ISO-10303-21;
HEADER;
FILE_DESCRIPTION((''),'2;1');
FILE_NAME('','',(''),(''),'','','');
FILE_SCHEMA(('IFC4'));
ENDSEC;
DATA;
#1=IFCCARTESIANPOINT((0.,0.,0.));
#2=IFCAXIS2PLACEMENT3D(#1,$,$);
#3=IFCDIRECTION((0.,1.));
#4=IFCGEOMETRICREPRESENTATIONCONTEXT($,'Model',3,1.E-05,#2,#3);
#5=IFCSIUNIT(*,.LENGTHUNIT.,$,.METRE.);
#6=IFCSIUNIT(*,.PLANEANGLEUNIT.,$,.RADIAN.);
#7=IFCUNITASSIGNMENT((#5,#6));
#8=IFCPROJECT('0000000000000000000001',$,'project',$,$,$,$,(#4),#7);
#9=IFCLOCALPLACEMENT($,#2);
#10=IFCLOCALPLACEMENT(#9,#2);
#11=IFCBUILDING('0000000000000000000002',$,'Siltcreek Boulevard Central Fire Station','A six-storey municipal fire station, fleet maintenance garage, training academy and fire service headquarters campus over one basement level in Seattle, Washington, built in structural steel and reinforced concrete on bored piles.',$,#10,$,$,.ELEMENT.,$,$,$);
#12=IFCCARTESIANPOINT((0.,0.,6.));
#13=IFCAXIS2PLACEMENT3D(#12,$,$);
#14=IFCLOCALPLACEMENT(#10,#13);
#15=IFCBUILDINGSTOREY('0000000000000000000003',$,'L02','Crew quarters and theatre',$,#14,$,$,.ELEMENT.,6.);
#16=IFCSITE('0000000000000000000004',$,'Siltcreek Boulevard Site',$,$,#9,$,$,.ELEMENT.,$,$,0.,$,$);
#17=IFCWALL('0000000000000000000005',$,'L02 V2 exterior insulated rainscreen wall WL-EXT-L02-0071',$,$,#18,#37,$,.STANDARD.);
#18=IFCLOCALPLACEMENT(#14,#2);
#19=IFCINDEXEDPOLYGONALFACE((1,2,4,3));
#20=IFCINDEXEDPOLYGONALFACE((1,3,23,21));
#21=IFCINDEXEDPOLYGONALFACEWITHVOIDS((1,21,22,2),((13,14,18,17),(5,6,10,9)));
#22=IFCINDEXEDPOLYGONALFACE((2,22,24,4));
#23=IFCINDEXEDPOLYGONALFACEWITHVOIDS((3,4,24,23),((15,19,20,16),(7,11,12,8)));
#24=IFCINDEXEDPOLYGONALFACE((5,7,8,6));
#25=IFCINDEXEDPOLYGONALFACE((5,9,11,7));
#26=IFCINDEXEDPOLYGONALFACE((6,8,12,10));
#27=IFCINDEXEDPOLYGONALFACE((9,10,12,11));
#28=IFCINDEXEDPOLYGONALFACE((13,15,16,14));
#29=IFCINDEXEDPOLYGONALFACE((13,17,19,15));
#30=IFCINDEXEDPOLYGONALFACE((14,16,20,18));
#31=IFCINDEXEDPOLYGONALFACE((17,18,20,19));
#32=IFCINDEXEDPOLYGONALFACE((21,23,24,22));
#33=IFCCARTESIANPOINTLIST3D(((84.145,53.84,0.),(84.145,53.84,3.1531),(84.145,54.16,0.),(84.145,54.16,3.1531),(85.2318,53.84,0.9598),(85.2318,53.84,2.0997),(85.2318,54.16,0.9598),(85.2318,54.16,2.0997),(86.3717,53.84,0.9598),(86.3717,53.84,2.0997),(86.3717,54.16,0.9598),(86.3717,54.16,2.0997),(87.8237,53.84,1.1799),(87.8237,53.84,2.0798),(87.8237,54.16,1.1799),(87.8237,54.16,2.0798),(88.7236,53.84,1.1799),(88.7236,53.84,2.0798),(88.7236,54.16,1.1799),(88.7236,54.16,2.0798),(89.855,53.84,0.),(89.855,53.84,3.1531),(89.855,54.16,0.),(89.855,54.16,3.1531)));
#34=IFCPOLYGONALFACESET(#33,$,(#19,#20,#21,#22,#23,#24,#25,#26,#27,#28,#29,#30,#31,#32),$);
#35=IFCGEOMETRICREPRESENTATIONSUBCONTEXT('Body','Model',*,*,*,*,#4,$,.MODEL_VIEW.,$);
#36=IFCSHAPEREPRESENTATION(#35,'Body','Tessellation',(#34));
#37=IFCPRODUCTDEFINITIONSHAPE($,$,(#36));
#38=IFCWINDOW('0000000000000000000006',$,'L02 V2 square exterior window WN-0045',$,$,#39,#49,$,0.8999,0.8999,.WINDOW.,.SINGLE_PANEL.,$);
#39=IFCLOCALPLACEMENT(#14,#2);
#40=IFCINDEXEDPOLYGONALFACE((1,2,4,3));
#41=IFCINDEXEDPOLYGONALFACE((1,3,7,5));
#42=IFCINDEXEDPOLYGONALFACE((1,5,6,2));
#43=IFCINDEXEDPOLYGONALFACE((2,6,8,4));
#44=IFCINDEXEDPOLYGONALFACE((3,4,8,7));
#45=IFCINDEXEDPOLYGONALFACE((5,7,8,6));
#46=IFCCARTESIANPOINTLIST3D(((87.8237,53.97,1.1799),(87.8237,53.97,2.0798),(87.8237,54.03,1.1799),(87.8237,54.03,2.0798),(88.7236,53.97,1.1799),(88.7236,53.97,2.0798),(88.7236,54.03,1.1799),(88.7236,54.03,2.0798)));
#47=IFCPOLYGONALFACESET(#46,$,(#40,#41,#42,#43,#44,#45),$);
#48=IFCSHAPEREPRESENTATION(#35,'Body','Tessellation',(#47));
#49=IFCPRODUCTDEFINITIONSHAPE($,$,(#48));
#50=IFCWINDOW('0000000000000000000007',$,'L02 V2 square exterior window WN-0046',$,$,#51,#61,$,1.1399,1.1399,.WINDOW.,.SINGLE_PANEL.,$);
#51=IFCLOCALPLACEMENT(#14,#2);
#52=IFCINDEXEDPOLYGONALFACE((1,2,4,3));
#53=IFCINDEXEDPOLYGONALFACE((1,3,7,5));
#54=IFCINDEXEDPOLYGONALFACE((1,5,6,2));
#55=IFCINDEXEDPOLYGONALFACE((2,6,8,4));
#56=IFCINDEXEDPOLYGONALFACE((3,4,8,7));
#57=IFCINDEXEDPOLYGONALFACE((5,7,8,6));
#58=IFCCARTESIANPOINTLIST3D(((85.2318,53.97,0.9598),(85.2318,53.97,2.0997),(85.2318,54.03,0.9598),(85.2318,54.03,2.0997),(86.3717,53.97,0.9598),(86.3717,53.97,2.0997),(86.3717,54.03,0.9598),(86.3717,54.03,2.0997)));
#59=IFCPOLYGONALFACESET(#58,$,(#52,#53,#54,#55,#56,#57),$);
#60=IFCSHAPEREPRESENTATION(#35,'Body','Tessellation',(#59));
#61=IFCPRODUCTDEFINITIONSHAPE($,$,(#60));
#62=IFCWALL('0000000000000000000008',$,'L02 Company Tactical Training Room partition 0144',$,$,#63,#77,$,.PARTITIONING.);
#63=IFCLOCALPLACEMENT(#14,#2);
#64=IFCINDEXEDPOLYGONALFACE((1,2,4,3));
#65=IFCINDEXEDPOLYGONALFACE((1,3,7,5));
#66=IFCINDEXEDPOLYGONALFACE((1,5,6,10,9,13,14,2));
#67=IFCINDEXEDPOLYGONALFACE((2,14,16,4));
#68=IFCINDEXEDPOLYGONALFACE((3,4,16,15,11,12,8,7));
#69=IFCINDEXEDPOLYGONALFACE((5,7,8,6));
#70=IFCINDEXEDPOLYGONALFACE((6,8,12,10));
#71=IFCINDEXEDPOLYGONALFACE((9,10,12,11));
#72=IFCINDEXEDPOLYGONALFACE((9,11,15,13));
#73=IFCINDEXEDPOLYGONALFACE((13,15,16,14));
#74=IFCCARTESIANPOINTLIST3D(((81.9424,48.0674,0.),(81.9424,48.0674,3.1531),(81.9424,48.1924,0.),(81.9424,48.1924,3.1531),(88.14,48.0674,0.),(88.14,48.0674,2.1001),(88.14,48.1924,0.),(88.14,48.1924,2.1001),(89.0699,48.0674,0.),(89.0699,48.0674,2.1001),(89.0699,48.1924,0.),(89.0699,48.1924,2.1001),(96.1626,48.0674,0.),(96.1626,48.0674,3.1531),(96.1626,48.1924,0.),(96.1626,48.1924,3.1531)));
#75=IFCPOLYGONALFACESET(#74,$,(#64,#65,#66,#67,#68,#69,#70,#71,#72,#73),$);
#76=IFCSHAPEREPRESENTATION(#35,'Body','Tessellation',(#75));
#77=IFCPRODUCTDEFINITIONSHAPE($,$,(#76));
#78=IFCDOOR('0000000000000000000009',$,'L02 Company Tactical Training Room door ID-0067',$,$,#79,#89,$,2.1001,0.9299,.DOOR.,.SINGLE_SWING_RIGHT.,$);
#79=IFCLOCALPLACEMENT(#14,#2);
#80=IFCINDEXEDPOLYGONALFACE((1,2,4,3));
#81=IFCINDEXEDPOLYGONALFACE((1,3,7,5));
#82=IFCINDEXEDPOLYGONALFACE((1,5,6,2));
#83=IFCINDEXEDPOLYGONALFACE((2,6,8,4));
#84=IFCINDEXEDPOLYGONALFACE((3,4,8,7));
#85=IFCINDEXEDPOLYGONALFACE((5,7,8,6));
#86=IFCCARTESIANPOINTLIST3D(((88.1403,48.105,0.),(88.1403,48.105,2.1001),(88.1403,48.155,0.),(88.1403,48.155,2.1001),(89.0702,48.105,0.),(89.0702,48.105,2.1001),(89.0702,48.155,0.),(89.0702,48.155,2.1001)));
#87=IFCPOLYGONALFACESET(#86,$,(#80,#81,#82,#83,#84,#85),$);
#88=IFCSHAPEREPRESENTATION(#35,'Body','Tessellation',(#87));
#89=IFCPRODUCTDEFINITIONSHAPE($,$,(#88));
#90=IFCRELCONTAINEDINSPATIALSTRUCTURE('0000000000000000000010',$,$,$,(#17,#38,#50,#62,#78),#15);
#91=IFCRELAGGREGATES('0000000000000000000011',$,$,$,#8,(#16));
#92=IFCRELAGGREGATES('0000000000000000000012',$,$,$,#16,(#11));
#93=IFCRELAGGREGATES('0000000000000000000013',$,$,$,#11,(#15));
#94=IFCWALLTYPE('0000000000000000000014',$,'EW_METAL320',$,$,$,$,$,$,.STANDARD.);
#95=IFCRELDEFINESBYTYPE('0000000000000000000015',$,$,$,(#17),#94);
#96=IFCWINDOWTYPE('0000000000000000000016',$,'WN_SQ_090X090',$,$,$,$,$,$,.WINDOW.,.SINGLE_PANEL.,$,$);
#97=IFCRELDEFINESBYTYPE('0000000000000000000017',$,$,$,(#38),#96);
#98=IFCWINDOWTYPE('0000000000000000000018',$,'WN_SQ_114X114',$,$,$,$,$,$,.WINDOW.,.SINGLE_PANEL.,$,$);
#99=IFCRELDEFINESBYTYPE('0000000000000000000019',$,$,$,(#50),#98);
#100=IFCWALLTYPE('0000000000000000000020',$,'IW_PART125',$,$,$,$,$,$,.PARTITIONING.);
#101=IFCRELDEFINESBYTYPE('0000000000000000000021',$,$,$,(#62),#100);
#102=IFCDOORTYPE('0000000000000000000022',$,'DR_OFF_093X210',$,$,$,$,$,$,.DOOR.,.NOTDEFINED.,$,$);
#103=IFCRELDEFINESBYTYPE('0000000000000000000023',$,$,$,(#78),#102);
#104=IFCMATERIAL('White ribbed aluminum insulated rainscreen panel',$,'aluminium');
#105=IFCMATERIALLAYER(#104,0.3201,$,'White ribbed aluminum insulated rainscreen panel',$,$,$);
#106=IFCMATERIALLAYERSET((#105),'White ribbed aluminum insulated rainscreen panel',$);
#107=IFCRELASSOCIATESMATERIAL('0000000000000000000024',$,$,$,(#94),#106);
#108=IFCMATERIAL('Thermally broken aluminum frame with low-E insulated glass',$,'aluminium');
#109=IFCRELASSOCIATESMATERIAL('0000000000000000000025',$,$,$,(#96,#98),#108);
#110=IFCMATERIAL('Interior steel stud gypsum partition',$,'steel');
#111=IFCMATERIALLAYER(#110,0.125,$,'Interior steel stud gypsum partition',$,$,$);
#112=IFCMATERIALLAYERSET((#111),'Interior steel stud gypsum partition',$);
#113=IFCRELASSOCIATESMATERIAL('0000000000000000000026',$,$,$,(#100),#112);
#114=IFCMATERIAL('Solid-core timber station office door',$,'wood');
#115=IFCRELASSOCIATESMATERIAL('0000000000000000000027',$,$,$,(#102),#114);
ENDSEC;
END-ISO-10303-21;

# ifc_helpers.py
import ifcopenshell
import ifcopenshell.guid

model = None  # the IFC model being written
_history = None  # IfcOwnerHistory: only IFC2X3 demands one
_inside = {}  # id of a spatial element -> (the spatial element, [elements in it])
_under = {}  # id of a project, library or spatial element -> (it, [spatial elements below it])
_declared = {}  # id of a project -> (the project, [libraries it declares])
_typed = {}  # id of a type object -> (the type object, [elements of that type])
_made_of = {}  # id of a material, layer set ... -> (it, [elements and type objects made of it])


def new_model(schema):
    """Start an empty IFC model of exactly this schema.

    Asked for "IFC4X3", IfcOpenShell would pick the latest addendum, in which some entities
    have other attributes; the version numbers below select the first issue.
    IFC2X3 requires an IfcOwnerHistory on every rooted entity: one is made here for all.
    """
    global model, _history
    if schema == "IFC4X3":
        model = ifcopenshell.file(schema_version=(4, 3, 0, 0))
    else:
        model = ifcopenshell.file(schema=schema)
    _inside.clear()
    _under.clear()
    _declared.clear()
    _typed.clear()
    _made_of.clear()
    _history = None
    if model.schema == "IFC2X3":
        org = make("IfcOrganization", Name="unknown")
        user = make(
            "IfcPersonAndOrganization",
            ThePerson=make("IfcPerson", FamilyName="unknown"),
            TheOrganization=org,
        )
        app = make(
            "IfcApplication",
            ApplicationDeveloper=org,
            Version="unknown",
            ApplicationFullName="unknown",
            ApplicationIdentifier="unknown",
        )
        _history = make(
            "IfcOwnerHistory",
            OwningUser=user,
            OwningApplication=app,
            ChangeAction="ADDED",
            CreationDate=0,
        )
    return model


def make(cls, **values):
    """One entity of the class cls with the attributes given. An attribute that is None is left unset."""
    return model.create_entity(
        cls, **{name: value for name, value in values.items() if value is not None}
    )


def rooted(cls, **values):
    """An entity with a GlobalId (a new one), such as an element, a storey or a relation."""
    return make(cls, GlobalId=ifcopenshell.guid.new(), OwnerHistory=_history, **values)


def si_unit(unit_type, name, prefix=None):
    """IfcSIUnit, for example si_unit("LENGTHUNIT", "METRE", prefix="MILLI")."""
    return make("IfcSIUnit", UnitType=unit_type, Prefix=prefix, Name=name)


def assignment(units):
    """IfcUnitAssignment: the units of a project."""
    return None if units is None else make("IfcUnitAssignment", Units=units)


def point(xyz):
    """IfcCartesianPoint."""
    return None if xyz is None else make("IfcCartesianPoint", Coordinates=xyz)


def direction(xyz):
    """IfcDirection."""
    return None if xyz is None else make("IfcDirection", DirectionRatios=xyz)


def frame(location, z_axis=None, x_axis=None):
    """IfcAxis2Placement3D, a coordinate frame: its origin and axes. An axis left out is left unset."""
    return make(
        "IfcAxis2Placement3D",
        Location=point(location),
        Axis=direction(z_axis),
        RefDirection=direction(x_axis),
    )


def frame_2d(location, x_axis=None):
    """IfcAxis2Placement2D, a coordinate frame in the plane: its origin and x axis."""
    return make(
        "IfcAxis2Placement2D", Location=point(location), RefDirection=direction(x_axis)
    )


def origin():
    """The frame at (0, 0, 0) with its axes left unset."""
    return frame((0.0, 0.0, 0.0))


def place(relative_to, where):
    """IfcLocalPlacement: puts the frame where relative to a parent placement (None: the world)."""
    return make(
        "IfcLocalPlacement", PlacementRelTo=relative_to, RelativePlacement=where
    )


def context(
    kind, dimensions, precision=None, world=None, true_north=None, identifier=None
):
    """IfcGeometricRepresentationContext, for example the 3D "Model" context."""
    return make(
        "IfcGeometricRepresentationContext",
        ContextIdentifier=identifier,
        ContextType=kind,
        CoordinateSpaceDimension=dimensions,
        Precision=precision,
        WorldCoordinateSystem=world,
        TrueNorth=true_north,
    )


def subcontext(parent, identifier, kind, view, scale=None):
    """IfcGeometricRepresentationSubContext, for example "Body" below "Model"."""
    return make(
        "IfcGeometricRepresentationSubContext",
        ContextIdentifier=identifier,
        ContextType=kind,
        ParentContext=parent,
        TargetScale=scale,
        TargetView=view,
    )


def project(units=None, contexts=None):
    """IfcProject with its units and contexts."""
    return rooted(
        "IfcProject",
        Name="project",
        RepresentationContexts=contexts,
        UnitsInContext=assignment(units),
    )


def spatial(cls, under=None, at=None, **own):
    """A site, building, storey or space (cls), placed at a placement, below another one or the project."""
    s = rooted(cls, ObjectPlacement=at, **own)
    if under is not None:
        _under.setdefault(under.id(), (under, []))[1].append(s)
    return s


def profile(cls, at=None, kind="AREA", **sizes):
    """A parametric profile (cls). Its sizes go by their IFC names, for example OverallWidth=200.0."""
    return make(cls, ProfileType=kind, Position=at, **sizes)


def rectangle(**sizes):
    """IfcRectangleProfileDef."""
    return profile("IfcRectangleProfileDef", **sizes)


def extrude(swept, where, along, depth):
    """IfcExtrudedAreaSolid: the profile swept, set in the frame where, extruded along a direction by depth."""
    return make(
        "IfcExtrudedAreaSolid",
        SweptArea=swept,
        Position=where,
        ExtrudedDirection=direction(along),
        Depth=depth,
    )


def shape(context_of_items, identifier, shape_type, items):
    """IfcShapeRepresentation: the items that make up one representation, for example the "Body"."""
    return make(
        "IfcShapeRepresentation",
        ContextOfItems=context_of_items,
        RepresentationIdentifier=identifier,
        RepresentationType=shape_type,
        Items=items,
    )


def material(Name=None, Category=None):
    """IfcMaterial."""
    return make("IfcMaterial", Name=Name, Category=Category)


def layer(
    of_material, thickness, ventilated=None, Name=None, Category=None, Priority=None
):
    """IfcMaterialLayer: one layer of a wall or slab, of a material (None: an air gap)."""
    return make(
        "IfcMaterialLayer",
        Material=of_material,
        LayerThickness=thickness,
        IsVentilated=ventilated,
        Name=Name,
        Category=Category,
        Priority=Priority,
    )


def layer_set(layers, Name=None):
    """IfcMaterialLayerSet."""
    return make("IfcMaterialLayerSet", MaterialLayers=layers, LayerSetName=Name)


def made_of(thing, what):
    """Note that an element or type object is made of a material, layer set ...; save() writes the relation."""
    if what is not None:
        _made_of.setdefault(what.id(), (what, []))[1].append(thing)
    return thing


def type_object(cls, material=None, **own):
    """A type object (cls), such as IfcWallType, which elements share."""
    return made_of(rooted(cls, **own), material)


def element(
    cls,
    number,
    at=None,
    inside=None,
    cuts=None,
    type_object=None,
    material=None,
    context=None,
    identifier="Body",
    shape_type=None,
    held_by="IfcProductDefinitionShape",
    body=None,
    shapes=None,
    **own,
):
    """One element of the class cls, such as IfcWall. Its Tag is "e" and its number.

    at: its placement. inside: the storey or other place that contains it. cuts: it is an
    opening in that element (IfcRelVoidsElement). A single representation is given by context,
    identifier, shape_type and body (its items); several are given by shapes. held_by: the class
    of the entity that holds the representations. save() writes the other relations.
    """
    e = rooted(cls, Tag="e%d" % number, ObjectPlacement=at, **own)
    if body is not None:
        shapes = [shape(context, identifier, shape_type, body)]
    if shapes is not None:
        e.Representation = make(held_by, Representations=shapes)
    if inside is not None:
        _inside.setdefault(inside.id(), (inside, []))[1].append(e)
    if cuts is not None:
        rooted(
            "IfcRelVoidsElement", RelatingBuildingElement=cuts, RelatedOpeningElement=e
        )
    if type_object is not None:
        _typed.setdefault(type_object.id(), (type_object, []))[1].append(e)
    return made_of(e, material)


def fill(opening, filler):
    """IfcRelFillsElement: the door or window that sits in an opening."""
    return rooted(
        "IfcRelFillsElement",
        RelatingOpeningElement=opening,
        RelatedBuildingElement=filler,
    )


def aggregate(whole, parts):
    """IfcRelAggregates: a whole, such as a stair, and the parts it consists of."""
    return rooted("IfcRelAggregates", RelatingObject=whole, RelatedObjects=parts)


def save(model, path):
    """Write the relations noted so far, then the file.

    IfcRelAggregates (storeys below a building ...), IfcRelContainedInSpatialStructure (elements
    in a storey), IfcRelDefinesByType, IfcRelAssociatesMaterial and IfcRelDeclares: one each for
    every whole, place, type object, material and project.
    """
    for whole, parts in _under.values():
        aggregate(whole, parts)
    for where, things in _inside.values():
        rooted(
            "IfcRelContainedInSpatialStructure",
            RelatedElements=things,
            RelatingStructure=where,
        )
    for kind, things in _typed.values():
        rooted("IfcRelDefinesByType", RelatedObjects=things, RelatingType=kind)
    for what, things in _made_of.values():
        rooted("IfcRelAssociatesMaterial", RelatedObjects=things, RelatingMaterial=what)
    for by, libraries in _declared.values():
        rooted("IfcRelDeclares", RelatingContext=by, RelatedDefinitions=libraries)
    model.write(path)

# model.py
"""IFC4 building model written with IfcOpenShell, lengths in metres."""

from ifc_helpers import new_model, si_unit, direction, frame, frame_2d, origin, place, context, subcontext, project, spatial, rectangle, extrude, material, layer, layer_set, type_object, element, fill, save


model = new_model("IFC4")

# Units and contexts
model_context = context("Model", 3, precision=1e-05, world=origin(), true_north=direction((0.0, 1.0)))
body_context = subcontext(model_context, "Body", "Model", "MODEL_VIEW")
ifc_project = project(units=[si_unit("LENGTHUNIT", "METRE"), si_unit("PLANEANGLEUNIT", "RADIAN")], contexts=[model_context])

# Site, building, storey
site_placement = place(None, origin())
site = spatial("IfcSite", under=ifc_project, at=site_placement, Name="Siltcreek Boulevard Site", CompositionType="ELEMENT", RefElevation=0.0)
building_placement = place(site_placement, origin())
building = spatial("IfcBuilding", under=site, at=building_placement, Name="Siltcreek Boulevard Central Fire Station", Description="A six-storey municipal fire station, fleet maintenance garage, training academy and fire service headquarters campus over one basement level in Seattle, Washington, built in structural steel and reinforced concrete on bored piles.", CompositionType="ELEMENT")
storey_placement = place(building_placement, frame((0.0, 0.0, 6.0)))
storey = spatial("IfcBuildingStorey", under=building, at=storey_placement, Name="L02", Description="Crew quarters and theatre", CompositionType="ELEMENT", Elevation=6.0)

# Wall, openings, windows
ifc_material_1 = material(Name="White ribbed aluminum insulated rainscreen panel", Category="aluminium")
ifc_layer_1 = layer(ifc_material_1, 0.3201, Name="White ribbed aluminum insulated rainscreen panel")
ifc_layer_set_1 = layer_set([ifc_layer_1], Name="White ribbed aluminum insulated rainscreen panel")
wall_type_1 = type_object("IfcWallType", Name="EW_METAL320", PredefinedType="STANDARD", material=ifc_layer_set_1)
ifc_material_2 = material(Name="Thermally broken aluminum frame with low-E insulated glass", Category="aluminium")
wall_1_placement = place(storey_placement, frame((89.855, 54.0, 0.0), z_axis=(0.0, 0.0, 1.0), x_axis=(-1.0, 0.0, 0.0)))
wall_1 = element("IfcWall", 1, at=wall_1_placement, inside=storey, type_object=wall_type_1, Name="L02 V2 exterior insulated rainscreen wall WL-EXT-L02-0071", PredefinedType="STANDARD", context=body_context, shape_type="SweptSolid", body=[
    extrude(rectangle(XDim=5.71, YDim=0.3201, at=frame_2d((2.855, 0.0))), origin(), (0.0, 0.0, 1.0), 3.1531),
])
opening_1_placement = place(wall_1_placement, frame((1.1313, 0.0, 1.1799)))
opening_1 = element("IfcOpeningElement", 2, at=opening_1_placement, cuts=wall_1, PredefinedType="OPENING", context=body_context, shape_type="SweptSolid", body=[
    extrude(rectangle(XDim=0.8999, YDim=0.8999, at=frame_2d((0.45, 0.45))), frame((0.0, 0.1699, 0.0), z_axis=(0.0, -1.0, 0.0), x_axis=(1.0, 0.0, 0.0)), (0.0, 0.0, 1.0), 0.3401),
])
opening_2_placement = place(wall_1_placement, frame((3.4834, 0.0, 0.96)))
opening_2 = element("IfcOpeningElement", 3, at=opening_2_placement, cuts=wall_1, PredefinedType="OPENING", context=body_context, shape_type="SweptSolid", body=[
    extrude(rectangle(XDim=1.1399, YDim=1.1399, at=frame_2d((0.5698, 0.5698))), frame((0.0, 0.1699, 0.0), z_axis=(0.0, -1.0, 0.0), x_axis=(1.0, 0.0, 0.0)), (0.0, 0.0, 1.0), 0.3401),
])
window_type_1 = type_object("IfcWindowType", Name="WN_SQ_090X090", PartitioningType="SINGLE_PANEL", PredefinedType="WINDOW", material=ifc_material_2)
window_1_placement = place(opening_1_placement, origin())
window_1 = element("IfcWindow", 4, at=window_1_placement, inside=storey, type_object=window_type_1, Name="L02 V2 square exterior window WN-0045", OverallHeight=0.8999, OverallWidth=0.8999, PartitioningType="SINGLE_PANEL", PredefinedType="WINDOW", context=body_context, shape_type="SweptSolid", body=[
    extrude(rectangle(XDim=0.8999, YDim=0.8999, at=frame_2d((0.45, 0.45))), frame((0.0, 0.03, 0.0), z_axis=(0.0, -1.0, 0.0), x_axis=(1.0, 0.0, 0.0)), (0.0, 0.0, 1.0), 0.0601),
])
fill(opening_1, window_1)
window_type_2 = type_object("IfcWindowType", Name="WN_SQ_114X114", PartitioningType="SINGLE_PANEL", PredefinedType="WINDOW", material=ifc_material_2)
window_2_placement = place(opening_2_placement, origin())
window_2 = element("IfcWindow", 5, at=window_2_placement, inside=storey, type_object=window_type_2, Name="L02 V2 square exterior window WN-0046", OverallHeight=1.1399, OverallWidth=1.1399, PartitioningType="SINGLE_PANEL", PredefinedType="WINDOW", context=body_context, shape_type="SweptSolid", body=[
    extrude(rectangle(XDim=1.1399, YDim=1.1399, at=frame_2d((0.5698, 0.5698))), frame((0.0, 0.03, 0.0), z_axis=(0.0, -1.0, 0.0), x_axis=(1.0, 0.0, 0.0)), (0.0, 0.0, 1.0), 0.0601),
])
fill(opening_2, window_2)

# Wall, opening, door
ifc_material_3 = material(Name="Interior steel stud gypsum partition", Category="steel")
ifc_layer_2 = layer(ifc_material_3, 0.125, Name="Interior steel stud gypsum partition")
ifc_layer_set_2 = layer_set([ifc_layer_2], Name="Interior steel stud gypsum partition")
wall_type_2 = type_object("IfcWallType", Name="IW_PART125", PredefinedType="PARTITIONING", material=ifc_layer_set_2)
wall_2_placement = place(storey_placement, frame((81.9424, 48.1299, 0.0), z_axis=(0.0, 0.0, 1.0), x_axis=(1.0, 0.0, 0.0)))
wall_2 = element("IfcWall", 6, at=wall_2_placement, inside=storey, type_object=wall_type_2, Name="L02 Company Tactical Training Room partition 0144", PredefinedType="PARTITIONING", context=body_context, shape_type="SweptSolid", body=[
    extrude(rectangle(XDim=14.2202, YDim=0.125, at=frame_2d((7.1101, 0.0))), origin(), (0.0, 0.0, 1.0), 3.1531),
])
opening_3_placement = place(wall_2_placement, frame((6.1978, 0.0, 0.0)))
opening_3 = element("IfcOpeningElement", 7, at=opening_3_placement, cuts=wall_2, PredefinedType="OPENING", context=body_context, shape_type="SweptSolid", body=[
    extrude(rectangle(XDim=0.9299, YDim=2.1001, at=frame_2d((0.4648, 1.05))), frame((0.0, 0.0725, 0.0), z_axis=(0.0, -1.0, 0.0), x_axis=(1.0, 0.0, 0.0)), (0.0, 0.0, 1.0), 0.145),
])
ifc_material_4 = material(Name="Solid-core timber station office door", Category="wood")
door_type = type_object("IfcDoorType", Name="DR_OFF_093X210", OperationType="NOTDEFINED", PredefinedType="DOOR", material=ifc_material_4)
door_placement = place(opening_3_placement, frame((0.9299, 0.0, 0.0), z_axis=(0.0, 0.0, 1.0), x_axis=(-1.0, 0.0, 0.0)))
door = element("IfcDoor", 8, at=door_placement, inside=storey, type_object=door_type, Name="L02 Company Tactical Training Room door ID-0067", OperationType="SINGLE_SWING_RIGHT", OverallHeight=2.1001, OverallWidth=0.9299, PredefinedType="DOOR", context=body_context, shape_type="SweptSolid", body=[
    extrude(rectangle(XDim=0.9299, YDim=2.1001, at=frame_2d((0.4648, 1.05))), frame((0.0, 0.0249, 0.0), z_axis=(0.0, -1.0, 0.0), x_axis=(1.0, 0.0, 0.0)), (0.0, 0.0, 1.0), 0.05),
])
fill(opening_3, door)

save(model, "model.ifc")
